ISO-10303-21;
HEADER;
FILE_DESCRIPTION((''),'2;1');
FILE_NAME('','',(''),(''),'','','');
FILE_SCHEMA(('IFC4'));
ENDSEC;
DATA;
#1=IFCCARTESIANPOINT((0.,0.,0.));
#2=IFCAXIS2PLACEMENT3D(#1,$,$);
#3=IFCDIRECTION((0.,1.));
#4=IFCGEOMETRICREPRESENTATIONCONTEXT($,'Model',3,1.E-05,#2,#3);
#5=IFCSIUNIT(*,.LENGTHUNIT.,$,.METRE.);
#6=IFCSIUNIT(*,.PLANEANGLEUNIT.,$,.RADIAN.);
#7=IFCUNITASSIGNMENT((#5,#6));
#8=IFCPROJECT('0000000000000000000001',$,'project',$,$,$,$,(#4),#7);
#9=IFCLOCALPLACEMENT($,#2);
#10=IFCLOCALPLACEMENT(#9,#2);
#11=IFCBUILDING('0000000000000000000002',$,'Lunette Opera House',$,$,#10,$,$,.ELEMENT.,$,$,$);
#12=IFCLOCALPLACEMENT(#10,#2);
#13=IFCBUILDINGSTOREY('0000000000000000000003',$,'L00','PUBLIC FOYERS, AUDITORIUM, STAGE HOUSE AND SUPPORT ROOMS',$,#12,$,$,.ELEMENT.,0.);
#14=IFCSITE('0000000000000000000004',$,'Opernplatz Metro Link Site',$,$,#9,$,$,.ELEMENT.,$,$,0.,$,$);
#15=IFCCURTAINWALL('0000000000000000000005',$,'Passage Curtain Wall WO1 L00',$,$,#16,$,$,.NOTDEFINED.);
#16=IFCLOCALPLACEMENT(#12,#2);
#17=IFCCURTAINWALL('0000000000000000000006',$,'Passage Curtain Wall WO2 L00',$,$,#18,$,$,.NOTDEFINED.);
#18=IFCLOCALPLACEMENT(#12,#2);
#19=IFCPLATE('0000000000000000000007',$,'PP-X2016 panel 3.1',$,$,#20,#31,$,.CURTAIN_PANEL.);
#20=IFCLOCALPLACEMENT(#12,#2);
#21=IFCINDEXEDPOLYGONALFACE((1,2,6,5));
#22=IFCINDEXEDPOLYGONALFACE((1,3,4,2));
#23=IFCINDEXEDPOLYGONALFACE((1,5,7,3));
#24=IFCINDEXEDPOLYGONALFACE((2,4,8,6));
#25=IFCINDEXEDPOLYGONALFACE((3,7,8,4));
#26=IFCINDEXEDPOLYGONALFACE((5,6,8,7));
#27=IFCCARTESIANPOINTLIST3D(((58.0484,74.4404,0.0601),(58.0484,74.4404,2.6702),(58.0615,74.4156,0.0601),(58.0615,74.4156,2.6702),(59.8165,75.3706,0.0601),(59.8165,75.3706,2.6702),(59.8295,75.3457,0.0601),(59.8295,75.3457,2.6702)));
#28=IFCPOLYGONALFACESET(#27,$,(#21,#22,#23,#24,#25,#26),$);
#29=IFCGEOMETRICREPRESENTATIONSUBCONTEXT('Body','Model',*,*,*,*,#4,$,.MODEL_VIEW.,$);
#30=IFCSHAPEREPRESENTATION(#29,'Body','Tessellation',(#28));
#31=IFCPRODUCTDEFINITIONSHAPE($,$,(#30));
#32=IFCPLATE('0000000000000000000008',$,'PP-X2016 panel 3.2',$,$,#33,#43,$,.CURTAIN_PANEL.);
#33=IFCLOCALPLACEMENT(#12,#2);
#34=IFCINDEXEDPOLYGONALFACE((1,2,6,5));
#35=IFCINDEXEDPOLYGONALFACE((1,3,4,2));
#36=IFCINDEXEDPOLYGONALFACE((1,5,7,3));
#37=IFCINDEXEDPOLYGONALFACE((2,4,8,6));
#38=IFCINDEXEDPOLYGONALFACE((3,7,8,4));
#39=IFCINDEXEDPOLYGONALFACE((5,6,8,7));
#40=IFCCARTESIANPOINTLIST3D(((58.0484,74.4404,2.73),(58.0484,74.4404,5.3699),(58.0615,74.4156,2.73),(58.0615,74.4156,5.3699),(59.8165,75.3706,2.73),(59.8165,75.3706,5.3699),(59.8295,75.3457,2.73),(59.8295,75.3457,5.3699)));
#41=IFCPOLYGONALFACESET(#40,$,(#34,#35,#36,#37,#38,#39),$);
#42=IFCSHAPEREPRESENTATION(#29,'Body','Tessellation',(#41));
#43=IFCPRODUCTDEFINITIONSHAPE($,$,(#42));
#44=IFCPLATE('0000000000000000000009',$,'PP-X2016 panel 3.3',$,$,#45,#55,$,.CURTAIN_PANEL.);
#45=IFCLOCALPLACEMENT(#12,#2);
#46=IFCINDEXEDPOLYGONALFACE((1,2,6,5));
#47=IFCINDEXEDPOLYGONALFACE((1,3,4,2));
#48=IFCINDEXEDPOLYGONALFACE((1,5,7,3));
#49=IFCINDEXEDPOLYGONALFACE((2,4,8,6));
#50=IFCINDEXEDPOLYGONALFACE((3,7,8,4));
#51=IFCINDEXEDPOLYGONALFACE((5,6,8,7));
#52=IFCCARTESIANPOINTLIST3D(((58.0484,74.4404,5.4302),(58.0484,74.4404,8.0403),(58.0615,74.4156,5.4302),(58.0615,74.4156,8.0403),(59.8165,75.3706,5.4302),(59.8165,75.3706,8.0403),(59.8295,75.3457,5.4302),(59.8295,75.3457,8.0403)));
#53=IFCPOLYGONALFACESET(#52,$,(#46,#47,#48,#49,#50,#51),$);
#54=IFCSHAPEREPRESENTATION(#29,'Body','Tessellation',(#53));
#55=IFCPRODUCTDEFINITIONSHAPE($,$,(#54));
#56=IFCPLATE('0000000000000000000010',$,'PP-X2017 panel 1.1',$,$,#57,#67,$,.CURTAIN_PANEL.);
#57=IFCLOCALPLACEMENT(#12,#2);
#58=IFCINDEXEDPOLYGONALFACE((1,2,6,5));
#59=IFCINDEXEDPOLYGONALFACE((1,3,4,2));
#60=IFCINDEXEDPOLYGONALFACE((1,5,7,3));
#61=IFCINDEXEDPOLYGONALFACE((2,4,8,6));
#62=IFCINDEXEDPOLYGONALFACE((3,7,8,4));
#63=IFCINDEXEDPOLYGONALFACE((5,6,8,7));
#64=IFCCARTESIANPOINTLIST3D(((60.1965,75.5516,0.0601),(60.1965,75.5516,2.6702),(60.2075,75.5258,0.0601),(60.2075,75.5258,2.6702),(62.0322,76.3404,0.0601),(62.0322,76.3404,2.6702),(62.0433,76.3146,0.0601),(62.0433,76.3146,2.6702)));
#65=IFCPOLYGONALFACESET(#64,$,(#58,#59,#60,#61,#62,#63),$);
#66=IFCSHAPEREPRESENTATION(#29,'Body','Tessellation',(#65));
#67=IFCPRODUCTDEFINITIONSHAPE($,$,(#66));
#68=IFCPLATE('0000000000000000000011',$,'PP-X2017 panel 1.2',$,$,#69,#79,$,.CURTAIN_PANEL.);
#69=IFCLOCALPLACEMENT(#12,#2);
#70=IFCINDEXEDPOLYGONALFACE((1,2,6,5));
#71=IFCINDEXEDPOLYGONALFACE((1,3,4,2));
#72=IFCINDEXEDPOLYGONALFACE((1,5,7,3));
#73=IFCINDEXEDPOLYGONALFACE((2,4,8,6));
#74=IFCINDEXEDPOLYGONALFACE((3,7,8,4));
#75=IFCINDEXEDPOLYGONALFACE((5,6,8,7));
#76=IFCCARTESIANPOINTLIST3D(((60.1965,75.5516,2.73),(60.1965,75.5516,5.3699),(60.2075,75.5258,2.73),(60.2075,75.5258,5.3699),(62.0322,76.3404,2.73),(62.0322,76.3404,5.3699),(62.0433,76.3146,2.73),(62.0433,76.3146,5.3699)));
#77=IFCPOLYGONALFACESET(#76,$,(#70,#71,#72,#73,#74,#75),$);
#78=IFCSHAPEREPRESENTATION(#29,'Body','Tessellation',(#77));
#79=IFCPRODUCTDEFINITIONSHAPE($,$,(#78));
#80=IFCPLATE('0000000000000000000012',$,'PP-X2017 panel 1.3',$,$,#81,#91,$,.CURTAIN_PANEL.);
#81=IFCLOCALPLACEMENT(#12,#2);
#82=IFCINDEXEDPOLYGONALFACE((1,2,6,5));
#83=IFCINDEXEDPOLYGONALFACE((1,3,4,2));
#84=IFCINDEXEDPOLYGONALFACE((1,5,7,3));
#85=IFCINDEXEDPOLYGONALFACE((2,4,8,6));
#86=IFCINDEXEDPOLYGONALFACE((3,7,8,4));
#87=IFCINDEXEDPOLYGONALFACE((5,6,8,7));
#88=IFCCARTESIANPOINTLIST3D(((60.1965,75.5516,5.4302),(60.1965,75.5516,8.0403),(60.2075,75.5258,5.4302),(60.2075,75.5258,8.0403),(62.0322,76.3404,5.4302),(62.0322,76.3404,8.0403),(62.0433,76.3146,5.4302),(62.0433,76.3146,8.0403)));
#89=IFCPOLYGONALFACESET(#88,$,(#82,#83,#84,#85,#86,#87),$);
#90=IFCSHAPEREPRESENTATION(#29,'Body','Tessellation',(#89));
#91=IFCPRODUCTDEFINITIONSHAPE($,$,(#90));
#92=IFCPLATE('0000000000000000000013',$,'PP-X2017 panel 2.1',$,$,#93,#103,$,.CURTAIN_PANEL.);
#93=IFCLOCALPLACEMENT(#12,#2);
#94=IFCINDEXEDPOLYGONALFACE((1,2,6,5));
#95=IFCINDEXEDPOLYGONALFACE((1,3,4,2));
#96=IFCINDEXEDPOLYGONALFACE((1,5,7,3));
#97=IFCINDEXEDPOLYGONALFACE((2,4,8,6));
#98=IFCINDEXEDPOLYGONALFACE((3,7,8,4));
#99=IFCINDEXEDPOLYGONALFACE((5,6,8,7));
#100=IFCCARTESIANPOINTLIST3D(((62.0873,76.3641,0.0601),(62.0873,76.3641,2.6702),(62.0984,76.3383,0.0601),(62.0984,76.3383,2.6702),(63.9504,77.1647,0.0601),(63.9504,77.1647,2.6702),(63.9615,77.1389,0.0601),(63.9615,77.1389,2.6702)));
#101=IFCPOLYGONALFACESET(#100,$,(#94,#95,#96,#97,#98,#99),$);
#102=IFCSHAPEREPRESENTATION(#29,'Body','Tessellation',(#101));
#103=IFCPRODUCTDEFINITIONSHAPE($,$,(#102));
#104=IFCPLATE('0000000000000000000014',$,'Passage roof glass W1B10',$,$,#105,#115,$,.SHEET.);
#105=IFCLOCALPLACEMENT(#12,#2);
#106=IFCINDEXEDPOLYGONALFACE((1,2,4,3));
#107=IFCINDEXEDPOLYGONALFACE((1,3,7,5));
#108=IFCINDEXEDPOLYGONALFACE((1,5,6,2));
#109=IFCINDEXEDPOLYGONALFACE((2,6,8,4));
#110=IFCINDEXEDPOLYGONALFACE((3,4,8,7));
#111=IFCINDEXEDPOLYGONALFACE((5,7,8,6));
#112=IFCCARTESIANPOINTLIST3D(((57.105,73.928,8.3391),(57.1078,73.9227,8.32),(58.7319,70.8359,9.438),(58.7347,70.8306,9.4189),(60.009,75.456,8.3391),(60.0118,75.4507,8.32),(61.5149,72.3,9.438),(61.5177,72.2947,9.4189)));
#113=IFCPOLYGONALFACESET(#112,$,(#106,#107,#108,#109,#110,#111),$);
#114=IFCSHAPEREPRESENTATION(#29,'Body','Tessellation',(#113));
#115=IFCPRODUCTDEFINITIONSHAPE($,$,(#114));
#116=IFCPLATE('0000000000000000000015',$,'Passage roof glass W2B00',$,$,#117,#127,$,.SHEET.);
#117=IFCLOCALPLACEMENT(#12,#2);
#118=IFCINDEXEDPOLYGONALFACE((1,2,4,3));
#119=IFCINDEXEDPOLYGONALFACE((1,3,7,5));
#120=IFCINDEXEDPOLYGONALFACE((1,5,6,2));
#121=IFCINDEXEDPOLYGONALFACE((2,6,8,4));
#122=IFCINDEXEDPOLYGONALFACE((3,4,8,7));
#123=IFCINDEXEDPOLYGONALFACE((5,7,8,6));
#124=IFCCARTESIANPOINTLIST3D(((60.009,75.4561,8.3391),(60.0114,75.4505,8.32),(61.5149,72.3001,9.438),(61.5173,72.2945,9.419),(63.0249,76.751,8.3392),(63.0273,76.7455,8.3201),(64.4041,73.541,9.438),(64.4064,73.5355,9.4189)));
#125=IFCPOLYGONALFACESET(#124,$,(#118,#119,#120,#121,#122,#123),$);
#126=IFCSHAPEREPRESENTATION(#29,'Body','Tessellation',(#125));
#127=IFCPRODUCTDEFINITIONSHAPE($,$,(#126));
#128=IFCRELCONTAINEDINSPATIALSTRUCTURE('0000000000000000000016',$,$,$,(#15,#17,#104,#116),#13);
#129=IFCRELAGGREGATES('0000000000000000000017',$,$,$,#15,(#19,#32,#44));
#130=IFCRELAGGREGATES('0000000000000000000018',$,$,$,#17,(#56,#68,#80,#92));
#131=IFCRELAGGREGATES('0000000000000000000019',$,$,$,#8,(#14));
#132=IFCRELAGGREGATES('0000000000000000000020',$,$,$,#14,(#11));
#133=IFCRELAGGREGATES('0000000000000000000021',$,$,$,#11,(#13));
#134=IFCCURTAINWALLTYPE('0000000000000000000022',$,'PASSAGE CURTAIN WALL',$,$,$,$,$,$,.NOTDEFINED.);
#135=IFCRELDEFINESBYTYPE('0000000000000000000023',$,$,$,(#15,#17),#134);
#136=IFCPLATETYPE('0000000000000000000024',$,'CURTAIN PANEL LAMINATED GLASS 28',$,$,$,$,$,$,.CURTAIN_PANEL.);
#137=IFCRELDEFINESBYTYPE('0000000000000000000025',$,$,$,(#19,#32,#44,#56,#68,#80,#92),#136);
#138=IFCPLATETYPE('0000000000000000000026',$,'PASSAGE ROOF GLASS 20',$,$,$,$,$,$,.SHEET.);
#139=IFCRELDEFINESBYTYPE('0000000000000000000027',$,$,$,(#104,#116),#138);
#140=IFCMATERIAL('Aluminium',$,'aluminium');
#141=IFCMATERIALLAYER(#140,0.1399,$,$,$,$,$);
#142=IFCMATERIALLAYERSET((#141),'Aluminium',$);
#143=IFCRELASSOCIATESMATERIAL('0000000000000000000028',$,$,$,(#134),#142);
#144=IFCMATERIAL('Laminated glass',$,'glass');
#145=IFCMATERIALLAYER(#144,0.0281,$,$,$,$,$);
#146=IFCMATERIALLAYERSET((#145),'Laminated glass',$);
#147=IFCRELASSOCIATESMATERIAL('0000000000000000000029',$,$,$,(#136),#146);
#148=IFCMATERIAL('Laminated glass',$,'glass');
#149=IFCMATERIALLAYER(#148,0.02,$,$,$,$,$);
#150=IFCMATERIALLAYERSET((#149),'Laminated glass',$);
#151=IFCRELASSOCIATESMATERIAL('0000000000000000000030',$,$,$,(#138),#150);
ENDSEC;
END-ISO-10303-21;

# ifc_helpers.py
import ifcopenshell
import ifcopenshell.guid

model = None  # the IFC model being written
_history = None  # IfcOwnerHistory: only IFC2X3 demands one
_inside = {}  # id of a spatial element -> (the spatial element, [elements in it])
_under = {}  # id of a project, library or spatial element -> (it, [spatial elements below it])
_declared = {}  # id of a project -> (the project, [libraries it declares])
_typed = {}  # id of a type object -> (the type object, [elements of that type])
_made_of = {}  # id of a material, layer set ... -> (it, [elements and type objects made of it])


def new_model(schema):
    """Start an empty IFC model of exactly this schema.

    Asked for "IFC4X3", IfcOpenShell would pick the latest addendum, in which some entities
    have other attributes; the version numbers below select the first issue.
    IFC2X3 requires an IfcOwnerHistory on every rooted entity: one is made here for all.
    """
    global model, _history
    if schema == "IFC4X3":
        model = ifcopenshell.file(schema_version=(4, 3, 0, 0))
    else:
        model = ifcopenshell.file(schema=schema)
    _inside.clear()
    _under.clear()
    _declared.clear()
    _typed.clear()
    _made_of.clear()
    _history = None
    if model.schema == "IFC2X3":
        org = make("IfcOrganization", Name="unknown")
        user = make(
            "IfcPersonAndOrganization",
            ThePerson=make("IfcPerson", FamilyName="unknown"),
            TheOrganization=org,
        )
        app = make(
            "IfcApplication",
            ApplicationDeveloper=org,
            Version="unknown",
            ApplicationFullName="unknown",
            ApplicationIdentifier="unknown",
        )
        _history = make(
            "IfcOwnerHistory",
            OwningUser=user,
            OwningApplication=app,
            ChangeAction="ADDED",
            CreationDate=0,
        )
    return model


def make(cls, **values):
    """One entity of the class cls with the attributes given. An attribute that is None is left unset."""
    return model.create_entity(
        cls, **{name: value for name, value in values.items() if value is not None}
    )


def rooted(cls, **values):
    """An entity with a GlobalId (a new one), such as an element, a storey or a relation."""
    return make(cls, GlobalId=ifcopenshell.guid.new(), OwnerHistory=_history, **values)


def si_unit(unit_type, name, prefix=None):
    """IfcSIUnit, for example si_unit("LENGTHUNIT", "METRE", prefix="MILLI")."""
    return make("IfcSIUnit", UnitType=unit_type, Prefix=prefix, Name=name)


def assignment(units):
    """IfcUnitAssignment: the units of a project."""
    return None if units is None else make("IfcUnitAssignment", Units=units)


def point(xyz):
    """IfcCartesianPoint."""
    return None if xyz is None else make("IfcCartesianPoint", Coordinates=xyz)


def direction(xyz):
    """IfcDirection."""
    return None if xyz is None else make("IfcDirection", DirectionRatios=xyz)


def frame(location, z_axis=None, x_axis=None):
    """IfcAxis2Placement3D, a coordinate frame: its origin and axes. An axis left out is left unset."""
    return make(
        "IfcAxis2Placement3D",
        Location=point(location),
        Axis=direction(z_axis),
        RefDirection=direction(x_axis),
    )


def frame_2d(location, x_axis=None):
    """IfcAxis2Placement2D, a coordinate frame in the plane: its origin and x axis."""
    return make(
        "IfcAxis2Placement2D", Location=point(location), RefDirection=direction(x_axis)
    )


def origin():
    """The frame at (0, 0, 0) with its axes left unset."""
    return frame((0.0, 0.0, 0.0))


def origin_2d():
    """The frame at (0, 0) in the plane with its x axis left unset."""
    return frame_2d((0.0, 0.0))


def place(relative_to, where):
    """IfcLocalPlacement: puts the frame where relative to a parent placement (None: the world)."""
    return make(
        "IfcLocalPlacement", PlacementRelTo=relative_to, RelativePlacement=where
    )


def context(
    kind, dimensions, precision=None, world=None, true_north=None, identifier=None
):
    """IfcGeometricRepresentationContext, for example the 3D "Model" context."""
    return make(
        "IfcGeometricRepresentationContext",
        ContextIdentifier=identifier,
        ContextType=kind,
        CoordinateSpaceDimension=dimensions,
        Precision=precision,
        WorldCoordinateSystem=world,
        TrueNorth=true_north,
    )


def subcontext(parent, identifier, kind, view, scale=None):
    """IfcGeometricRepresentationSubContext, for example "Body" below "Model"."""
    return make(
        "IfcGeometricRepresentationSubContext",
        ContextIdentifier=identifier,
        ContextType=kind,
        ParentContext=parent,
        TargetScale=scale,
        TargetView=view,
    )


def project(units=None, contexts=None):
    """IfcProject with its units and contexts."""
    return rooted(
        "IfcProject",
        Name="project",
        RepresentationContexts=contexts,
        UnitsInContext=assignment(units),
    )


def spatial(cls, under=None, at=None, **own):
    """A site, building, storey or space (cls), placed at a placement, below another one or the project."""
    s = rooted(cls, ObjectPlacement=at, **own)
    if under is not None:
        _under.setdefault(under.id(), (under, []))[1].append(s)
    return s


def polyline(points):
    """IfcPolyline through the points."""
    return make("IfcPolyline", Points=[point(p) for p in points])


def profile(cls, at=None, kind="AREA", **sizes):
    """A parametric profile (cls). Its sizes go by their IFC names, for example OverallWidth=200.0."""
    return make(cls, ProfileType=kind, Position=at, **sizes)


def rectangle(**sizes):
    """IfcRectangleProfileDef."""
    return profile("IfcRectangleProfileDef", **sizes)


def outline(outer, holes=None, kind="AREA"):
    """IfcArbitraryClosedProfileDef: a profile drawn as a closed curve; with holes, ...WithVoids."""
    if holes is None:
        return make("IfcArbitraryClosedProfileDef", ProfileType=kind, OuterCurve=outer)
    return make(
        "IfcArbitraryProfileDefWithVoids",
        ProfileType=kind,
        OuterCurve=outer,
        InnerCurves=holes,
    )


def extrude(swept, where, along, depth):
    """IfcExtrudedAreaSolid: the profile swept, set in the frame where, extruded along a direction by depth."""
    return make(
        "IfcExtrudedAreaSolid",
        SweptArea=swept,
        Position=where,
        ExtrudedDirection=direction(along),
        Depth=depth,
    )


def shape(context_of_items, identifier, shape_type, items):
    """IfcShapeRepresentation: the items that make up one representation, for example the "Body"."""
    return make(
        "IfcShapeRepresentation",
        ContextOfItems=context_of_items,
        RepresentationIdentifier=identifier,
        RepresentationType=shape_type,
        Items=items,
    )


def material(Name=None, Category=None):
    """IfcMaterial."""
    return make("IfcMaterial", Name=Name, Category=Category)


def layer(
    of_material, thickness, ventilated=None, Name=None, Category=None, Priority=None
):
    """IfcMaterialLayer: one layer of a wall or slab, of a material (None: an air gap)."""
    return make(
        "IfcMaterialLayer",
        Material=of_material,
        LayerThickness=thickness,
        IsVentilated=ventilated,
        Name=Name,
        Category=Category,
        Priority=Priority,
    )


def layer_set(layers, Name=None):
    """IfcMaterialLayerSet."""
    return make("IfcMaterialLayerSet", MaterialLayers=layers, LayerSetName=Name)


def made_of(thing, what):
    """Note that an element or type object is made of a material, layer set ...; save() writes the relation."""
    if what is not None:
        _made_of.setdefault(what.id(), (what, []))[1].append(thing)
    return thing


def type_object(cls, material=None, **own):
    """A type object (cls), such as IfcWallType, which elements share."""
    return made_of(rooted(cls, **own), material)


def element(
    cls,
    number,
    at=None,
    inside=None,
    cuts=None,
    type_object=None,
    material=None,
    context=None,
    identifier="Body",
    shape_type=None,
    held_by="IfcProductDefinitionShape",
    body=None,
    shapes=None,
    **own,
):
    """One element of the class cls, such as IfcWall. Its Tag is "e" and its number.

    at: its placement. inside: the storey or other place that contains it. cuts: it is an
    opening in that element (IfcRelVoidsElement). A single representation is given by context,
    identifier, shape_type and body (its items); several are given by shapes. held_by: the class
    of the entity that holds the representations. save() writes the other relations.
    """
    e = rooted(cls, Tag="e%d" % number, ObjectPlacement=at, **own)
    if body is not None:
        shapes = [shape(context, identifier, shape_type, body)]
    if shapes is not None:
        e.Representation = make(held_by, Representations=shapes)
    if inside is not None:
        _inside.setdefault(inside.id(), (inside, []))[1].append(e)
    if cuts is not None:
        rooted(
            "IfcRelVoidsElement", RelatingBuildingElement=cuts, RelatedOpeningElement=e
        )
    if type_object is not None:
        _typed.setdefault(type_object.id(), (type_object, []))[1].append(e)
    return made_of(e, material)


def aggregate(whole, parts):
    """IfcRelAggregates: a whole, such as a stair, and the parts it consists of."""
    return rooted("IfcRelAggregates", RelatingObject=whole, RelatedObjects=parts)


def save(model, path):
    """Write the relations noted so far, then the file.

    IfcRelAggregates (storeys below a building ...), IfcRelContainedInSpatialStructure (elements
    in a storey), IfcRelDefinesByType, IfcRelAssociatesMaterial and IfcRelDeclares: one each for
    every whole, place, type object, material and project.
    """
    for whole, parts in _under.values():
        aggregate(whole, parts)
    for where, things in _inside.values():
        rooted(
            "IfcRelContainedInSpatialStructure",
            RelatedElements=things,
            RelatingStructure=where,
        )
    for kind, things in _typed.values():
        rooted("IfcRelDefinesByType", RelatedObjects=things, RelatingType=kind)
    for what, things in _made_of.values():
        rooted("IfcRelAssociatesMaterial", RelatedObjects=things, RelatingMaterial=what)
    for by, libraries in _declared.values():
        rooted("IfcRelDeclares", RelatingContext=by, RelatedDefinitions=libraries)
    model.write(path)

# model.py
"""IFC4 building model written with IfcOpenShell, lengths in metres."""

from ifc_helpers import new_model, si_unit, direction, frame, origin, origin_2d, place, context, subcontext, project, spatial, polyline, rectangle, outline, extrude, material, layer, layer_set, type_object, element, aggregate, save


model = new_model("IFC4")

# Units and contexts
model_context = context("Model", 3, precision=1e-05, world=origin(), true_north=direction((0.0, 1.0)))
body_context = subcontext(model_context, "Body", "Model", "MODEL_VIEW")
ifc_project = project(units=[si_unit("LENGTHUNIT", "METRE"), si_unit("PLANEANGLEUNIT", "RADIAN")], contexts=[model_context])

# Site, building, storey
site_placement = place(None, origin())
site = spatial("IfcSite", under=ifc_project, at=site_placement, Name="Opernplatz Metro Link Site", CompositionType="ELEMENT", RefElevation=0.0)
building_placement = place(site_placement, origin())
building = spatial("IfcBuilding", under=site, at=building_placement, Name="Lunette Opera House", CompositionType="ELEMENT")
storey_placement = place(building_placement, origin())
storey = spatial("IfcBuildingStorey", under=building, at=storey_placement, Name="L00", Description="PUBLIC FOYERS, AUDITORIUM, STAGE HOUSE AND SUPPORT ROOMS", CompositionType="ELEMENT", Elevation=0.0)

# Curtain walls
ifc_material_1 = material(Name="Aluminium", Category="aluminium")
ifc_layer_1 = layer(ifc_material_1, 0.1399)
ifc_layer_set_1 = layer_set([ifc_layer_1], Name="Aluminium")
curtain_wall_type = type_object("IfcCurtainWallType", Name="PASSAGE CURTAIN WALL", PredefinedType="NOTDEFINED", material=ifc_layer_set_1)
curtain_wall_1_placement = place(storey_placement, origin())
curtain_wall_1 = element("IfcCurtainWall", 1, at=curtain_wall_1_placement, inside=storey, type_object=curtain_wall_type, Name="Passage Curtain Wall WO1 L00", PredefinedType="NOTDEFINED")
curtain_wall_2_placement = place(storey_placement, origin())
curtain_wall_2 = element("IfcCurtainWall", 2, at=curtain_wall_2_placement, inside=storey, type_object=curtain_wall_type, Name="Passage Curtain Wall WO2 L00", PredefinedType="NOTDEFINED")

# Plates
ifc_material_2 = material(Name="Laminated glass", Category="glass")
ifc_layer_2 = layer(ifc_material_2, 0.0281)
ifc_layer_set_2 = layer_set([ifc_layer_2], Name="Laminated glass")
plate_type_1 = type_object("IfcPlateType", Name="CURTAIN PANEL LAMINATED GLASS 28", PredefinedType="CURTAIN_PANEL", material=ifc_layer_set_2)
plate_1_placement = place(storey_placement, frame((58.939, 74.8931, 0.0601), z_axis=(0.0, 0.0, 1.0), x_axis=(0.885008, 0.465575, 0.0)))
plate_1 = element("IfcPlate", 3, at=plate_1_placement, type_object=plate_type_1, Name="PP-X2016 panel 3.1", PredefinedType="CURTAIN_PANEL", context=body_context, shape_type="SweptSolid", body=[
    extrude(rectangle(XDim=1.9978, YDim=0.0281, at=origin_2d()), origin(), (0.0, 0.0, 1.0), 2.6101),
])
plate_2_placement = place(storey_placement, frame((58.939, 74.8931, 2.73), z_axis=(0.0, 0.0, 1.0), x_axis=(0.885008, 0.465575, 0.0)))
plate_2 = element("IfcPlate", 4, at=plate_2_placement, type_object=plate_type_1, Name="PP-X2016 panel 3.2", PredefinedType="CURTAIN_PANEL", context=body_context, shape_type="SweptSolid", body=[
    extrude(rectangle(XDim=1.9978, YDim=0.0281, at=origin_2d()), origin(), (0.0, 0.0, 1.0), 2.6399),
])
plate_3_placement = place(storey_placement, frame((58.939, 74.8931, 5.4302), z_axis=(0.0, 0.0, 1.0), x_axis=(0.885008, 0.465575, 0.0)))
plate_3 = element("IfcPlate", 5, at=plate_3_placement, type_object=plate_type_1, Name="PP-X2016 panel 3.3", PredefinedType="CURTAIN_PANEL", context=body_context, shape_type="SweptSolid", body=[
    extrude(rectangle(XDim=1.9978, YDim=0.0281, at=origin_2d()), origin(), (0.0, 0.0, 1.0), 2.6101),
])
aggregate(curtain_wall_1, [plate_1, plate_2, plate_3])
plate_4_placement = place(storey_placement, frame((61.1199, 75.9331, 0.0601), z_axis=(0.0, 0.0, 1.0), x_axis=(0.918765, 0.394805, 0.0)))
plate_4 = element("IfcPlate", 6, at=plate_4_placement, type_object=plate_type_1, Name="PP-X2017 panel 1.1", PredefinedType="CURTAIN_PANEL", context=body_context, shape_type="SweptSolid", body=[
    extrude(rectangle(XDim=1.998, YDim=0.0281, at=origin_2d()), origin(), (0.0, 0.0, 1.0), 2.6101),
])
plate_5_placement = place(storey_placement, frame((61.1199, 75.9331, 2.73), z_axis=(0.0, 0.0, 1.0), x_axis=(0.918765, 0.394805, 0.0)))
plate_5 = element("IfcPlate", 7, at=plate_5_placement, type_object=plate_type_1, Name="PP-X2017 panel 1.2", PredefinedType="CURTAIN_PANEL", context=body_context, shape_type="SweptSolid", body=[
    extrude(rectangle(XDim=1.998, YDim=0.0281, at=origin_2d()), origin(), (0.0, 0.0, 1.0), 2.6399),
])
plate_6_placement = place(storey_placement, frame((61.1199, 75.9331, 5.4302), z_axis=(0.0, 0.0, 1.0), x_axis=(0.918765, 0.394805, 0.0)))
plate_6 = element("IfcPlate", 8, at=plate_6_placement, type_object=plate_type_1, Name="PP-X2017 panel 1.3", PredefinedType="CURTAIN_PANEL", context=body_context, shape_type="SweptSolid", body=[
    extrude(rectangle(XDim=1.998, YDim=0.0281, at=origin_2d()), origin(), (0.0, 0.0, 1.0), 2.6101),
])
plate_7_placement = place(storey_placement, frame((63.0244, 76.7515, 0.0601), z_axis=(0.0, 0.0, 1.0), x_axis=(0.918765, 0.394805, 0.0)))
plate_7 = element("IfcPlate", 9, at=plate_7_placement, type_object=plate_type_1, Name="PP-X2017 panel 2.1", PredefinedType="CURTAIN_PANEL", context=body_context, shape_type="SweptSolid", body=[
    extrude(rectangle(XDim=2.0278, YDim=0.0281, at=origin_2d()), origin(), (0.0, 0.0, 1.0), 2.6101),
])
aggregate(curtain_wall_2, [plate_4, plate_5, plate_6, plate_7])

# Plates
ifc_material_3 = material(Name="Laminated glass", Category="glass")
ifc_layer_3 = layer(ifc_material_3, 0.02)
ifc_layer_set_3 = layer_set([ifc_layer_3], Name="Laminated glass")
plate_type_2 = type_object("IfcPlateType", Name="PASSAGE ROOF GLASS 20", PredefinedType="SHEET", material=ifc_layer_set_3)
plate_8_placement = place(storey_placement, frame((57.105, 73.928, 8.3391), z_axis=(-0.139693, 0.265504, 0.953936), x_axis=(0.884966, 0.465655, -0.00001)))
element("IfcPlate", 10, at=plate_8_placement, inside=storey, type_object=plate_type_2, Name="Passage roof glass W1B10", PredefinedType="SHEET", context=body_context, shape_type="SweptSolid", body=[
    extrude(outline(polyline([(0.0, 0.0), (3.2815, 0.0), (3.1446, -3.6629), (0.0, -3.6627), (0.0, 0.0)])), origin(), (0.0, 0.0, -1.0), 0.02),
])
plate_9_placement = place(storey_placement, frame((60.009, 75.4561, 8.3391), z_axis=(-0.118389, 0.275678, 0.953932), x_axis=(0.918877, 0.394544, 0.000018)))
element("IfcPlate", 11, at=plate_9_placement, inside=storey, type_object=plate_type_2, Name="Passage roof glass W2B00", PredefinedType="SHEET", context=body_context, shape_type="SweptSolid", body=[
    extrude(outline(polyline([(0.0, 0.0), (3.2821, 0.0), (3.2829, -3.6624), (0.1385, -3.6628), (0.0, 0.0)])), origin(), (0.0, 0.0, -1.0), 0.02),
])

save(model, "model.ifc")
